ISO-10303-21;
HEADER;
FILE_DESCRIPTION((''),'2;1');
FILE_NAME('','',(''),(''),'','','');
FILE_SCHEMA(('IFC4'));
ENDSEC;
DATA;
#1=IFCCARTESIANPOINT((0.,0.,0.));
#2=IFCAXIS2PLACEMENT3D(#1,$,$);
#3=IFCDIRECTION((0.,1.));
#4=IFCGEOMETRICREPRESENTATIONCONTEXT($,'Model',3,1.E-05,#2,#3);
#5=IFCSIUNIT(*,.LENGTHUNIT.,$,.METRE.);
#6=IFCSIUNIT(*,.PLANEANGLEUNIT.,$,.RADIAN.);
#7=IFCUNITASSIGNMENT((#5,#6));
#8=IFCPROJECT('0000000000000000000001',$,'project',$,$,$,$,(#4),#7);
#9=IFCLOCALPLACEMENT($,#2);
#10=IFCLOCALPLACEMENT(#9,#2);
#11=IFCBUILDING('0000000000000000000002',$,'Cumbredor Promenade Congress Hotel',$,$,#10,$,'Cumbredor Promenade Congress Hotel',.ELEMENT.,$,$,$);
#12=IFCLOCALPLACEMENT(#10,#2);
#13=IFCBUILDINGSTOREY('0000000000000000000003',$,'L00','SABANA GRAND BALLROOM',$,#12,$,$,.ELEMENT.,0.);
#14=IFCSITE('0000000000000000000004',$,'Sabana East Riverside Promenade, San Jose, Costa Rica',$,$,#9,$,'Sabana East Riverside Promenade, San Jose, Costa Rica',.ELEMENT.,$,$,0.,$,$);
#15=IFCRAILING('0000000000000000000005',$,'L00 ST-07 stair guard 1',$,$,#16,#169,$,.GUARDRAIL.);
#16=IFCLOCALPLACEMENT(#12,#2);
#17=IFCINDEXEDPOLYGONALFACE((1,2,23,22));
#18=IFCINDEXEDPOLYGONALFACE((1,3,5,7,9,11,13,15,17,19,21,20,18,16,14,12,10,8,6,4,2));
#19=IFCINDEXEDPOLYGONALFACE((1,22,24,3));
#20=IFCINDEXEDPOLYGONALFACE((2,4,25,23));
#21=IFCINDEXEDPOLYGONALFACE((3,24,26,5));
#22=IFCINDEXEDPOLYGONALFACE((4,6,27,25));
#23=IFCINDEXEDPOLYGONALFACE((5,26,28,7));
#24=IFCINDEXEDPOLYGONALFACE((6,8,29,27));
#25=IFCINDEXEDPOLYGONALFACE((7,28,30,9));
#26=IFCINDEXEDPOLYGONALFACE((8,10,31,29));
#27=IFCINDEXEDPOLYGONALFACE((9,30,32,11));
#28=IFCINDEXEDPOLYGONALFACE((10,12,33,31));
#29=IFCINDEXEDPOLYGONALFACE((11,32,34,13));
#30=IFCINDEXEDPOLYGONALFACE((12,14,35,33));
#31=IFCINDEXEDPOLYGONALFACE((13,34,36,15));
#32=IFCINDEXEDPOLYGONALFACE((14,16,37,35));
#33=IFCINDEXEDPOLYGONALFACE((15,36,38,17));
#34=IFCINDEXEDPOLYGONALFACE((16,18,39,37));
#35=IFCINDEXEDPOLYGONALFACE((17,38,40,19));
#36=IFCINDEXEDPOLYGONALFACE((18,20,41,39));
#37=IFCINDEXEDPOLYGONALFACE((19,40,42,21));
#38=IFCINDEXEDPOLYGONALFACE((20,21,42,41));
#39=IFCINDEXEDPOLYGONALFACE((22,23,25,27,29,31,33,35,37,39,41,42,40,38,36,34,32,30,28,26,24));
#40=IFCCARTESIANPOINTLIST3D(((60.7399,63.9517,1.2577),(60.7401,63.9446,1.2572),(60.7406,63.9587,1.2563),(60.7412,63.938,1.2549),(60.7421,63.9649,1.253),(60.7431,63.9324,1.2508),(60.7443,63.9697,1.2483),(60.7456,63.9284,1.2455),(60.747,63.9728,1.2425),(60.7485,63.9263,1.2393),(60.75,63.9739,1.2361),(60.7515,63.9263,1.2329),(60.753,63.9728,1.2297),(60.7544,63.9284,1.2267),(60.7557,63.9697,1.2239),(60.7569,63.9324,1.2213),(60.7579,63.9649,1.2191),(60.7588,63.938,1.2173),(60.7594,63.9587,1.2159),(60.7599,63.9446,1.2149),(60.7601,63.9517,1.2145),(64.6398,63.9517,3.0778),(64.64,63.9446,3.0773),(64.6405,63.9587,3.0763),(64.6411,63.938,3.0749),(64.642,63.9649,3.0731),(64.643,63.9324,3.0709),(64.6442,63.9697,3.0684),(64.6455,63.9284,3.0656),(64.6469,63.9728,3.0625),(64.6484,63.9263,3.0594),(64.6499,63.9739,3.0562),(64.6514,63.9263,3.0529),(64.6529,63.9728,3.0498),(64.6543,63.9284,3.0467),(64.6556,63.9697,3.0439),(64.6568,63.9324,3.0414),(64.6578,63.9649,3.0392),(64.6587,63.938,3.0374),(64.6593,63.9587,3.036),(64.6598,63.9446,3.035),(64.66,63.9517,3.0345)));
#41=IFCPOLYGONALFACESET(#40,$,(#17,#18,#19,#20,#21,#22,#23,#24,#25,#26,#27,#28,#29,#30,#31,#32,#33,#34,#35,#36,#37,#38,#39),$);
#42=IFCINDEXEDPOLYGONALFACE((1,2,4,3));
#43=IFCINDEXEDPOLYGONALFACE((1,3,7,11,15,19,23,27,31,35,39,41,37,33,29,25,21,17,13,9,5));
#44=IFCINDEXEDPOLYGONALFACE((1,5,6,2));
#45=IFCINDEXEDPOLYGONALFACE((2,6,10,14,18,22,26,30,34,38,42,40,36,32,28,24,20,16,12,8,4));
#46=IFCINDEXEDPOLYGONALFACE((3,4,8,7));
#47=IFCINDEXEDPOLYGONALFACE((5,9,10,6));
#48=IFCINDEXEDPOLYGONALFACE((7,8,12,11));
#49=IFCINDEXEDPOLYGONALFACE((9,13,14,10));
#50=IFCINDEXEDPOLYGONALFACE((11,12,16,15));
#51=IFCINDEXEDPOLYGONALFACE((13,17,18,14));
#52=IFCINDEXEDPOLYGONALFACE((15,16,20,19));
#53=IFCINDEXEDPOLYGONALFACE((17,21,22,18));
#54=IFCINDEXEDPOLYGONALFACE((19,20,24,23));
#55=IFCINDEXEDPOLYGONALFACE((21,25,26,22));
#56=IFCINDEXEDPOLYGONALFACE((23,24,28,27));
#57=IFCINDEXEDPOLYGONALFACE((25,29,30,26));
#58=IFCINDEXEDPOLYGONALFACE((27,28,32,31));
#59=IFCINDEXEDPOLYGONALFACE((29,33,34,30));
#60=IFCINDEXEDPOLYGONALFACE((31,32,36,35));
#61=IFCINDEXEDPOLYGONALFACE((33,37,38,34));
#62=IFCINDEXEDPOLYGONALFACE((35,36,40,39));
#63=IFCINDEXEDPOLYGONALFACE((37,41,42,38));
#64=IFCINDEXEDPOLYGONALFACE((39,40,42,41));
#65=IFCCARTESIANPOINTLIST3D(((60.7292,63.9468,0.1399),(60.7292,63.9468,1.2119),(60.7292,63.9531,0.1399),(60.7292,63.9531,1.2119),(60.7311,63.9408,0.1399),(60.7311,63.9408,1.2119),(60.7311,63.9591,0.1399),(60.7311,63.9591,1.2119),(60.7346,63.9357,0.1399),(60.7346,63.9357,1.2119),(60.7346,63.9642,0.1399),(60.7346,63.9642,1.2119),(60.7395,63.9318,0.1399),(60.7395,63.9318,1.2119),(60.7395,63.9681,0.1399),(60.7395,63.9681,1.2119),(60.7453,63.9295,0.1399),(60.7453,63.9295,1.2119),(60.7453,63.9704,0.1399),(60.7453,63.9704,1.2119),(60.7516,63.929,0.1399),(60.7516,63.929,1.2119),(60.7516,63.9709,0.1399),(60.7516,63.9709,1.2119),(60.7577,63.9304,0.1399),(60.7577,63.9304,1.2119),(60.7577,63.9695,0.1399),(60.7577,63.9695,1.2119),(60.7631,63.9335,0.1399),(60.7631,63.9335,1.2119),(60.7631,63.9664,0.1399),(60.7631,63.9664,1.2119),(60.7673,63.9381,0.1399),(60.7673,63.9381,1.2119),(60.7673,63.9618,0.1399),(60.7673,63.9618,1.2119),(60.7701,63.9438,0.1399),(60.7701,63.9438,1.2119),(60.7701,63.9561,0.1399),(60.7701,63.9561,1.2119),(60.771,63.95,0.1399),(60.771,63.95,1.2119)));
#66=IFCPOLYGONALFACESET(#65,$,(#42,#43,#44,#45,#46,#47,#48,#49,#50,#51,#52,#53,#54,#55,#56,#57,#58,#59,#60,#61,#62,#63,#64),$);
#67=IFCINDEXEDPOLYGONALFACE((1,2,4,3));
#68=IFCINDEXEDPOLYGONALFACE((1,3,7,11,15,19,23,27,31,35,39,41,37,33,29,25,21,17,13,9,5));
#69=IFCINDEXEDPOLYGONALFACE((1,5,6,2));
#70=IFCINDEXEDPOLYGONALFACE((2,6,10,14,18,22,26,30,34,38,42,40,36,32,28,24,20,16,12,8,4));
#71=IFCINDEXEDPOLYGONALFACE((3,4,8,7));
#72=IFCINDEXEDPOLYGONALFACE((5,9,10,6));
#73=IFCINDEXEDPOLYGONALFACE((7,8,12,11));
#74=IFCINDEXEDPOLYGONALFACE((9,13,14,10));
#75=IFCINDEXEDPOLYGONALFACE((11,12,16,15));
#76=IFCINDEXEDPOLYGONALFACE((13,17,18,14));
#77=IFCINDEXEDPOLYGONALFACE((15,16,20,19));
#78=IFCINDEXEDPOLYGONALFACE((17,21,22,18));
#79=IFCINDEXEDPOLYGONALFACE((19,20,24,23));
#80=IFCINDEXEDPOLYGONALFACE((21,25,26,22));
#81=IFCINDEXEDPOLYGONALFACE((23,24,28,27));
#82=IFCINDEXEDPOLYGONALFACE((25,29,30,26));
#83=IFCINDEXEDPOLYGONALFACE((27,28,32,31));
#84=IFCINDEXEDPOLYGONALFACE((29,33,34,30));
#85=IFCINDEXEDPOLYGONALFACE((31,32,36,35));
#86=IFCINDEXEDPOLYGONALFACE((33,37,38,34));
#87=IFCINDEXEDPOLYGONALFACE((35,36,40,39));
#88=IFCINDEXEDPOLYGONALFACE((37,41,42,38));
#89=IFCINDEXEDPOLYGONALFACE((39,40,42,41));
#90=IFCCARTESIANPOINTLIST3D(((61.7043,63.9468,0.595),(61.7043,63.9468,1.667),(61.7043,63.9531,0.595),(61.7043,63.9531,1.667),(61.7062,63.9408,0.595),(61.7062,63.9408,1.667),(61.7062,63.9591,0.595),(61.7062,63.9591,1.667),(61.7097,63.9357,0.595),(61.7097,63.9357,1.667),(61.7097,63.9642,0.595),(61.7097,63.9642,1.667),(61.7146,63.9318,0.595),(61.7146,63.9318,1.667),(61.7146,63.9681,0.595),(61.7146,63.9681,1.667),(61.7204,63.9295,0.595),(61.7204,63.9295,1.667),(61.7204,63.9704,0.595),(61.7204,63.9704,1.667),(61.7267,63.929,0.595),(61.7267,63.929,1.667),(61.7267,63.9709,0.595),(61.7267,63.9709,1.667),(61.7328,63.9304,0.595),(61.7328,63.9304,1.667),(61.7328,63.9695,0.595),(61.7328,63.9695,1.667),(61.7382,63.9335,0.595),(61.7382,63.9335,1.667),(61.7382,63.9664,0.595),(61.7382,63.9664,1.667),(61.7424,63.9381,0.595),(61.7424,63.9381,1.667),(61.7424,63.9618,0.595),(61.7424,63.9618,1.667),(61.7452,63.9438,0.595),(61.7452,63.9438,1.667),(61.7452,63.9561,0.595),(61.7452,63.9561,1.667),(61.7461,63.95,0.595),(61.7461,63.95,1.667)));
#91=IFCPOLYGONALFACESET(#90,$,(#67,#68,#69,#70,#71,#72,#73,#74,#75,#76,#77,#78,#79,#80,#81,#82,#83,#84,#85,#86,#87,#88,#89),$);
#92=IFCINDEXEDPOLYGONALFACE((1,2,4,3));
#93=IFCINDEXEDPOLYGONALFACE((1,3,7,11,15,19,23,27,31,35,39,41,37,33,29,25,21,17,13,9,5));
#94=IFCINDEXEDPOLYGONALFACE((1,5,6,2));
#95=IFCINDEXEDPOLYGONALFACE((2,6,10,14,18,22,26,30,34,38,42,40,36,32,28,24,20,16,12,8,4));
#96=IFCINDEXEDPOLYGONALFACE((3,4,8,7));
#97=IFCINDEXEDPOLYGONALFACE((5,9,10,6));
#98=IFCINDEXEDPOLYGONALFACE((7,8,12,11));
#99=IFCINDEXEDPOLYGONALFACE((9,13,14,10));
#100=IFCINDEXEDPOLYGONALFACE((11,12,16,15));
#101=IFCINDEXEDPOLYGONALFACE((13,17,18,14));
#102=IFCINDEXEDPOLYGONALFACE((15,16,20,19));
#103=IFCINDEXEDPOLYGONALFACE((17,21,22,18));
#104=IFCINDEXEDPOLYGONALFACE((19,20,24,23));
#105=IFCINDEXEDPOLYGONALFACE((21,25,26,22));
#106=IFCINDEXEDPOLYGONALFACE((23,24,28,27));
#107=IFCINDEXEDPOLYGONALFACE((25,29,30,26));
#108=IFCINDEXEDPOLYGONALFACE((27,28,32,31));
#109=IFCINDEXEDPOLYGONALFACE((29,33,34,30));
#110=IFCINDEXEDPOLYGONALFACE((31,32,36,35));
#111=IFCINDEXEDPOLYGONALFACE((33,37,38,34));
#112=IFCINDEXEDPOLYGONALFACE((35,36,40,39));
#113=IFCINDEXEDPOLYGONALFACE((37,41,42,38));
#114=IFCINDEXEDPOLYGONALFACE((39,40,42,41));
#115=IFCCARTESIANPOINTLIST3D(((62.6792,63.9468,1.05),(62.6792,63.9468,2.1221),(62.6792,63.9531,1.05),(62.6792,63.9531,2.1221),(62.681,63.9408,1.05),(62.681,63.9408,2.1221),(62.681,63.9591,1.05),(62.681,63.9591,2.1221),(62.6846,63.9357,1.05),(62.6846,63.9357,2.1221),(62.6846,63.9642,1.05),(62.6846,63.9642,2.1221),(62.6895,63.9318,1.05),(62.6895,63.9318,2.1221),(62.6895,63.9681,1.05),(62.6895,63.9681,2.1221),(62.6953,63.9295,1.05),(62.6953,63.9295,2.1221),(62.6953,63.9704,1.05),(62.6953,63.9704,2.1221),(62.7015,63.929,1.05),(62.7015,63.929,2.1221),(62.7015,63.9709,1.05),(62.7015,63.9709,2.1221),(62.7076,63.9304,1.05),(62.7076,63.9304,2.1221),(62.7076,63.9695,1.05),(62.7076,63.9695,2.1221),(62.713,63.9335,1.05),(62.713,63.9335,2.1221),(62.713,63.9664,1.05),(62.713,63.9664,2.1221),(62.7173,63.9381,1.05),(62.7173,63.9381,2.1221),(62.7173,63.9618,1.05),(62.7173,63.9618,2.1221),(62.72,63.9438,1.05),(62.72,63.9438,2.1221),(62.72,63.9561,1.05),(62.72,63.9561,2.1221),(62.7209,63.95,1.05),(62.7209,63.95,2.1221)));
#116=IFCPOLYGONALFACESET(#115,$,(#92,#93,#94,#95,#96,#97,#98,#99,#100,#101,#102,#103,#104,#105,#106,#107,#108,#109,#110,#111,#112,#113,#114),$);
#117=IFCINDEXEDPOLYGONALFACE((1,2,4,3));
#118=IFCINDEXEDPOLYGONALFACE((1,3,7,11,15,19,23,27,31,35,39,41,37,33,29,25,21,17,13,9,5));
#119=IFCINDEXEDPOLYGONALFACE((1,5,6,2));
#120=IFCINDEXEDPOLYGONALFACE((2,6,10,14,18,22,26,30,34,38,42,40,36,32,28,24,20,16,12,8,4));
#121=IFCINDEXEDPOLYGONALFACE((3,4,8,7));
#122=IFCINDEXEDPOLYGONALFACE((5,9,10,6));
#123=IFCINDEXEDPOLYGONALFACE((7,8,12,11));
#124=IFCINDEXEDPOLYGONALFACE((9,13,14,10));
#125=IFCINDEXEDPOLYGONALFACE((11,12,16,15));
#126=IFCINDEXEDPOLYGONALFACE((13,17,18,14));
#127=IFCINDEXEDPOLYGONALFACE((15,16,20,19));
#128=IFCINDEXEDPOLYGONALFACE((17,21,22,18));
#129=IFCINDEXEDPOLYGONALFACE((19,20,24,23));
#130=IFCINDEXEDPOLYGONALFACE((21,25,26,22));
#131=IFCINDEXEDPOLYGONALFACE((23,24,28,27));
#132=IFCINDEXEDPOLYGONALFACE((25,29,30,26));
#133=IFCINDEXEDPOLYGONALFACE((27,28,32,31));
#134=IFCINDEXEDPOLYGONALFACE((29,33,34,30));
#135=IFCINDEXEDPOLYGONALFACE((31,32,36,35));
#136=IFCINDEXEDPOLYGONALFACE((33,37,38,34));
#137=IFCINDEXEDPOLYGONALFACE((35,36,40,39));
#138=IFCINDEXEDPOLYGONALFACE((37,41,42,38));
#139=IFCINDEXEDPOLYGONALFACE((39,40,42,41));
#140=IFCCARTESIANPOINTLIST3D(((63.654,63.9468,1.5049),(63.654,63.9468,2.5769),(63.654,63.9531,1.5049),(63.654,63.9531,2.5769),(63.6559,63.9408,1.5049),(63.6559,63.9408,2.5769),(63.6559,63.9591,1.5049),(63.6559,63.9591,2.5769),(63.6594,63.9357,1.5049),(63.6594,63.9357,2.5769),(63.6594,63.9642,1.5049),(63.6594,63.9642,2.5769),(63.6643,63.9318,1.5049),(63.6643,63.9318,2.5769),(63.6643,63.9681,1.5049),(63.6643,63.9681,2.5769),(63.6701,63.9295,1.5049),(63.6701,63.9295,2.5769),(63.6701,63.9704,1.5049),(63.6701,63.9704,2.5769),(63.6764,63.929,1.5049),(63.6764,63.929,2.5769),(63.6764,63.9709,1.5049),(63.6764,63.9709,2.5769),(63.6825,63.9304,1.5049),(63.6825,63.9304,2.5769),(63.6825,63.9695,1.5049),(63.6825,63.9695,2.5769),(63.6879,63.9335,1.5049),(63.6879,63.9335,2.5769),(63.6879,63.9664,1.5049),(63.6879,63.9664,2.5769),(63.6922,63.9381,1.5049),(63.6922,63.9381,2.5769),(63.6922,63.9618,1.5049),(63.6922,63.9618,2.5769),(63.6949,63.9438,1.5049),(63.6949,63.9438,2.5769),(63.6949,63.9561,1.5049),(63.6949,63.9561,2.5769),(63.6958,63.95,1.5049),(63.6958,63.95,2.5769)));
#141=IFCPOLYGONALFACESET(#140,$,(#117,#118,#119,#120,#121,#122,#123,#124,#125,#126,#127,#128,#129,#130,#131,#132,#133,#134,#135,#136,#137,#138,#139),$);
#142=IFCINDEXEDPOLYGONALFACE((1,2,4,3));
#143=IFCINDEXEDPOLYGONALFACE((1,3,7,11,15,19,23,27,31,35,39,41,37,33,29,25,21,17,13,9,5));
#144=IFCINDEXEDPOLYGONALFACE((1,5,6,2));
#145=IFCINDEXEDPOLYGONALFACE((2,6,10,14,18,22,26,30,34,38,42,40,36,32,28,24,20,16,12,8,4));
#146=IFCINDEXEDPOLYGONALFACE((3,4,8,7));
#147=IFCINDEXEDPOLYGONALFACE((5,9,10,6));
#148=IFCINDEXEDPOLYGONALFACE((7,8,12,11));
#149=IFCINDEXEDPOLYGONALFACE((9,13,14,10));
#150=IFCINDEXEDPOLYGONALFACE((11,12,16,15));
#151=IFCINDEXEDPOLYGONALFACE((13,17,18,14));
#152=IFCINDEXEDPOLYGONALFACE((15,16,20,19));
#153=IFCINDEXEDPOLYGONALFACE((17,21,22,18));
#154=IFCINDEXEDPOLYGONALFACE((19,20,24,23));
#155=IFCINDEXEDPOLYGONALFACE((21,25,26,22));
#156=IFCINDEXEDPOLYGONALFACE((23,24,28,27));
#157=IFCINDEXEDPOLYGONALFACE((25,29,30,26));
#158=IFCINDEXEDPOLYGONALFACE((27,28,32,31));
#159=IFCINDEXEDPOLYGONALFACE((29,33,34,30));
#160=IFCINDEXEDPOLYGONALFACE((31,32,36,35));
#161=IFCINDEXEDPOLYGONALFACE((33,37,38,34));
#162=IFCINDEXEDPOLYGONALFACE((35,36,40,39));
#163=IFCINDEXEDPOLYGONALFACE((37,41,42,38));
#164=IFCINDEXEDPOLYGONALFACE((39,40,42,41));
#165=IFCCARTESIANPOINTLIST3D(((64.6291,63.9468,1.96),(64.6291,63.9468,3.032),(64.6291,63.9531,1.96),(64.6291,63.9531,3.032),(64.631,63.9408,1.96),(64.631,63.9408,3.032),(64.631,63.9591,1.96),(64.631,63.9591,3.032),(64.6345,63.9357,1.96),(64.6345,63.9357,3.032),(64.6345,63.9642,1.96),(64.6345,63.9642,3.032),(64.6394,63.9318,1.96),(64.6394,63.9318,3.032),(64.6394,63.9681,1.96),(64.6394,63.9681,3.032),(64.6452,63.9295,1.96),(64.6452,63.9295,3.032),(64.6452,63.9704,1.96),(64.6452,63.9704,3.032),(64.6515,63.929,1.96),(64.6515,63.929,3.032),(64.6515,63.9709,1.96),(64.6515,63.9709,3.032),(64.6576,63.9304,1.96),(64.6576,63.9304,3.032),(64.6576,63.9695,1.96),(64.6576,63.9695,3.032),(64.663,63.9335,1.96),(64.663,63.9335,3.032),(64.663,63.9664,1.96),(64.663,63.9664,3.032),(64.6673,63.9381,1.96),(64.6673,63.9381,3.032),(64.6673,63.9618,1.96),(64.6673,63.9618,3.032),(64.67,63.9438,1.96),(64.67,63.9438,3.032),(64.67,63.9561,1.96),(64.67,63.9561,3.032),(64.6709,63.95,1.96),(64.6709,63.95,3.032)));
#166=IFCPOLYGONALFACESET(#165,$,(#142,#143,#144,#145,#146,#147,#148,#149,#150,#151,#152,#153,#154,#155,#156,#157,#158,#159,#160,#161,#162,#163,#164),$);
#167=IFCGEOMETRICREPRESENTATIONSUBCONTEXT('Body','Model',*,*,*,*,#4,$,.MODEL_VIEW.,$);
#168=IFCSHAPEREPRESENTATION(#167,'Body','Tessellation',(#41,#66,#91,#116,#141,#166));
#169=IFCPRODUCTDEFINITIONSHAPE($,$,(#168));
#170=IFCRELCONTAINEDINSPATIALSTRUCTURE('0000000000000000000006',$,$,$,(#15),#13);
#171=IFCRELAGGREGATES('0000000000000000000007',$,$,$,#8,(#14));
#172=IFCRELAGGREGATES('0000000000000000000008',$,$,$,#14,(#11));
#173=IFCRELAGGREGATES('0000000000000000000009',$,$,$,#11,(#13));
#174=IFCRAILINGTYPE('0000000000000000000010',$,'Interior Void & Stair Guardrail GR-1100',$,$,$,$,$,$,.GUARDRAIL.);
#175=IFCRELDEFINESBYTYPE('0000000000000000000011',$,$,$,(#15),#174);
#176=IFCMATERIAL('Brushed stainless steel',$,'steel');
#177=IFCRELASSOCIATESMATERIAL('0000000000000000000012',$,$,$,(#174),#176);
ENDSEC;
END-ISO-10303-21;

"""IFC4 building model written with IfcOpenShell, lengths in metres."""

from ifc_helpers import new_model, si_unit, direction, frame, origin, origin_2d, place, context, subcontext, project, spatial, circle, extrude, material, type_object, element, save


model = new_model("IFC4")

# Units and contexts
model_context = context("Model", 3, precision=1e-05, world=origin(), true_north=direction((0.0, 1.0)))
body_context = subcontext(model_context, "Body", "Model", "MODEL_VIEW")
ifc_project = project(units=[si_unit("LENGTHUNIT", "METRE"), si_unit("PLANEANGLEUNIT", "RADIAN")], contexts=[model_context])

# Site, building, storey
site_placement = place(None, origin())
site = spatial("IfcSite", under=ifc_project, at=site_placement, Name="Sabana East Riverside Promenade, San Jose, Costa Rica", LongName="Sabana East Riverside Promenade, San Jose, Costa Rica", CompositionType="ELEMENT", RefElevation=0.0)
building_placement = place(site_placement, origin())
building = spatial("IfcBuilding", under=site, at=building_placement, Name="Cumbredor Promenade Congress Hotel", LongName="Cumbredor Promenade Congress Hotel", CompositionType="ELEMENT")
storey_placement = place(building_placement, origin())
storey = spatial("IfcBuildingStorey", under=building, at=storey_placement, Name="L00", Description="SABANA GRAND BALLROOM", CompositionType="ELEMENT", Elevation=0.0)

# Railing
ifc_material_1 = material(Name="Brushed stainless steel", Category="steel")
railing_type_1 = type_object("IfcRailingType", Name="Interior Void & Stair Guardrail GR-1100", PredefinedType="GUARDRAIL", material=ifc_material_1)
railing_1_placement = place(storey_placement, frame((60.75, 63.95, 0.1399)))
element("IfcRailing", 1, at=railing_1_placement, inside=storey, type_object=railing_type_1, Name="L00 ST-07 stair guard 1", PredefinedType="GUARDRAIL", context=body_context, shape_type="SweptSolid", body=[
    extrude(circle(Radius=0.0239, at=origin_2d()), frame((0.0, 0.0, 1.0962), z_axis=(0.906173, 0.0, 0.422907), x_axis=(0.0, 1.0, 0.0)), (0.0, 0.0, 1.0), 4.3037),
    extrude(circle(Radius=0.021, at=origin_2d()), origin(), (0.0, 0.0, 1.0), 1.072),
    extrude(circle(Radius=0.021, at=origin_2d()), frame((0.9751, 0.0, 0.4551)), (0.0, 0.0, 1.0), 1.072),
    extrude(circle(Radius=0.021, at=origin_2d()), frame((1.95, 0.0, 0.9102)), (0.0, 0.0, 1.0), 1.072),
    extrude(circle(Radius=0.021, at=origin_2d()), frame((2.9248, 0.0, 1.365)), (0.0, 0.0, 1.0), 1.072),
    extrude(circle(Radius=0.021, at=origin_2d()), frame((3.8999, 0.0, 1.8201)), (0.0, 0.0, 1.0), 1.072),
])

save(model, "model.ifc")
